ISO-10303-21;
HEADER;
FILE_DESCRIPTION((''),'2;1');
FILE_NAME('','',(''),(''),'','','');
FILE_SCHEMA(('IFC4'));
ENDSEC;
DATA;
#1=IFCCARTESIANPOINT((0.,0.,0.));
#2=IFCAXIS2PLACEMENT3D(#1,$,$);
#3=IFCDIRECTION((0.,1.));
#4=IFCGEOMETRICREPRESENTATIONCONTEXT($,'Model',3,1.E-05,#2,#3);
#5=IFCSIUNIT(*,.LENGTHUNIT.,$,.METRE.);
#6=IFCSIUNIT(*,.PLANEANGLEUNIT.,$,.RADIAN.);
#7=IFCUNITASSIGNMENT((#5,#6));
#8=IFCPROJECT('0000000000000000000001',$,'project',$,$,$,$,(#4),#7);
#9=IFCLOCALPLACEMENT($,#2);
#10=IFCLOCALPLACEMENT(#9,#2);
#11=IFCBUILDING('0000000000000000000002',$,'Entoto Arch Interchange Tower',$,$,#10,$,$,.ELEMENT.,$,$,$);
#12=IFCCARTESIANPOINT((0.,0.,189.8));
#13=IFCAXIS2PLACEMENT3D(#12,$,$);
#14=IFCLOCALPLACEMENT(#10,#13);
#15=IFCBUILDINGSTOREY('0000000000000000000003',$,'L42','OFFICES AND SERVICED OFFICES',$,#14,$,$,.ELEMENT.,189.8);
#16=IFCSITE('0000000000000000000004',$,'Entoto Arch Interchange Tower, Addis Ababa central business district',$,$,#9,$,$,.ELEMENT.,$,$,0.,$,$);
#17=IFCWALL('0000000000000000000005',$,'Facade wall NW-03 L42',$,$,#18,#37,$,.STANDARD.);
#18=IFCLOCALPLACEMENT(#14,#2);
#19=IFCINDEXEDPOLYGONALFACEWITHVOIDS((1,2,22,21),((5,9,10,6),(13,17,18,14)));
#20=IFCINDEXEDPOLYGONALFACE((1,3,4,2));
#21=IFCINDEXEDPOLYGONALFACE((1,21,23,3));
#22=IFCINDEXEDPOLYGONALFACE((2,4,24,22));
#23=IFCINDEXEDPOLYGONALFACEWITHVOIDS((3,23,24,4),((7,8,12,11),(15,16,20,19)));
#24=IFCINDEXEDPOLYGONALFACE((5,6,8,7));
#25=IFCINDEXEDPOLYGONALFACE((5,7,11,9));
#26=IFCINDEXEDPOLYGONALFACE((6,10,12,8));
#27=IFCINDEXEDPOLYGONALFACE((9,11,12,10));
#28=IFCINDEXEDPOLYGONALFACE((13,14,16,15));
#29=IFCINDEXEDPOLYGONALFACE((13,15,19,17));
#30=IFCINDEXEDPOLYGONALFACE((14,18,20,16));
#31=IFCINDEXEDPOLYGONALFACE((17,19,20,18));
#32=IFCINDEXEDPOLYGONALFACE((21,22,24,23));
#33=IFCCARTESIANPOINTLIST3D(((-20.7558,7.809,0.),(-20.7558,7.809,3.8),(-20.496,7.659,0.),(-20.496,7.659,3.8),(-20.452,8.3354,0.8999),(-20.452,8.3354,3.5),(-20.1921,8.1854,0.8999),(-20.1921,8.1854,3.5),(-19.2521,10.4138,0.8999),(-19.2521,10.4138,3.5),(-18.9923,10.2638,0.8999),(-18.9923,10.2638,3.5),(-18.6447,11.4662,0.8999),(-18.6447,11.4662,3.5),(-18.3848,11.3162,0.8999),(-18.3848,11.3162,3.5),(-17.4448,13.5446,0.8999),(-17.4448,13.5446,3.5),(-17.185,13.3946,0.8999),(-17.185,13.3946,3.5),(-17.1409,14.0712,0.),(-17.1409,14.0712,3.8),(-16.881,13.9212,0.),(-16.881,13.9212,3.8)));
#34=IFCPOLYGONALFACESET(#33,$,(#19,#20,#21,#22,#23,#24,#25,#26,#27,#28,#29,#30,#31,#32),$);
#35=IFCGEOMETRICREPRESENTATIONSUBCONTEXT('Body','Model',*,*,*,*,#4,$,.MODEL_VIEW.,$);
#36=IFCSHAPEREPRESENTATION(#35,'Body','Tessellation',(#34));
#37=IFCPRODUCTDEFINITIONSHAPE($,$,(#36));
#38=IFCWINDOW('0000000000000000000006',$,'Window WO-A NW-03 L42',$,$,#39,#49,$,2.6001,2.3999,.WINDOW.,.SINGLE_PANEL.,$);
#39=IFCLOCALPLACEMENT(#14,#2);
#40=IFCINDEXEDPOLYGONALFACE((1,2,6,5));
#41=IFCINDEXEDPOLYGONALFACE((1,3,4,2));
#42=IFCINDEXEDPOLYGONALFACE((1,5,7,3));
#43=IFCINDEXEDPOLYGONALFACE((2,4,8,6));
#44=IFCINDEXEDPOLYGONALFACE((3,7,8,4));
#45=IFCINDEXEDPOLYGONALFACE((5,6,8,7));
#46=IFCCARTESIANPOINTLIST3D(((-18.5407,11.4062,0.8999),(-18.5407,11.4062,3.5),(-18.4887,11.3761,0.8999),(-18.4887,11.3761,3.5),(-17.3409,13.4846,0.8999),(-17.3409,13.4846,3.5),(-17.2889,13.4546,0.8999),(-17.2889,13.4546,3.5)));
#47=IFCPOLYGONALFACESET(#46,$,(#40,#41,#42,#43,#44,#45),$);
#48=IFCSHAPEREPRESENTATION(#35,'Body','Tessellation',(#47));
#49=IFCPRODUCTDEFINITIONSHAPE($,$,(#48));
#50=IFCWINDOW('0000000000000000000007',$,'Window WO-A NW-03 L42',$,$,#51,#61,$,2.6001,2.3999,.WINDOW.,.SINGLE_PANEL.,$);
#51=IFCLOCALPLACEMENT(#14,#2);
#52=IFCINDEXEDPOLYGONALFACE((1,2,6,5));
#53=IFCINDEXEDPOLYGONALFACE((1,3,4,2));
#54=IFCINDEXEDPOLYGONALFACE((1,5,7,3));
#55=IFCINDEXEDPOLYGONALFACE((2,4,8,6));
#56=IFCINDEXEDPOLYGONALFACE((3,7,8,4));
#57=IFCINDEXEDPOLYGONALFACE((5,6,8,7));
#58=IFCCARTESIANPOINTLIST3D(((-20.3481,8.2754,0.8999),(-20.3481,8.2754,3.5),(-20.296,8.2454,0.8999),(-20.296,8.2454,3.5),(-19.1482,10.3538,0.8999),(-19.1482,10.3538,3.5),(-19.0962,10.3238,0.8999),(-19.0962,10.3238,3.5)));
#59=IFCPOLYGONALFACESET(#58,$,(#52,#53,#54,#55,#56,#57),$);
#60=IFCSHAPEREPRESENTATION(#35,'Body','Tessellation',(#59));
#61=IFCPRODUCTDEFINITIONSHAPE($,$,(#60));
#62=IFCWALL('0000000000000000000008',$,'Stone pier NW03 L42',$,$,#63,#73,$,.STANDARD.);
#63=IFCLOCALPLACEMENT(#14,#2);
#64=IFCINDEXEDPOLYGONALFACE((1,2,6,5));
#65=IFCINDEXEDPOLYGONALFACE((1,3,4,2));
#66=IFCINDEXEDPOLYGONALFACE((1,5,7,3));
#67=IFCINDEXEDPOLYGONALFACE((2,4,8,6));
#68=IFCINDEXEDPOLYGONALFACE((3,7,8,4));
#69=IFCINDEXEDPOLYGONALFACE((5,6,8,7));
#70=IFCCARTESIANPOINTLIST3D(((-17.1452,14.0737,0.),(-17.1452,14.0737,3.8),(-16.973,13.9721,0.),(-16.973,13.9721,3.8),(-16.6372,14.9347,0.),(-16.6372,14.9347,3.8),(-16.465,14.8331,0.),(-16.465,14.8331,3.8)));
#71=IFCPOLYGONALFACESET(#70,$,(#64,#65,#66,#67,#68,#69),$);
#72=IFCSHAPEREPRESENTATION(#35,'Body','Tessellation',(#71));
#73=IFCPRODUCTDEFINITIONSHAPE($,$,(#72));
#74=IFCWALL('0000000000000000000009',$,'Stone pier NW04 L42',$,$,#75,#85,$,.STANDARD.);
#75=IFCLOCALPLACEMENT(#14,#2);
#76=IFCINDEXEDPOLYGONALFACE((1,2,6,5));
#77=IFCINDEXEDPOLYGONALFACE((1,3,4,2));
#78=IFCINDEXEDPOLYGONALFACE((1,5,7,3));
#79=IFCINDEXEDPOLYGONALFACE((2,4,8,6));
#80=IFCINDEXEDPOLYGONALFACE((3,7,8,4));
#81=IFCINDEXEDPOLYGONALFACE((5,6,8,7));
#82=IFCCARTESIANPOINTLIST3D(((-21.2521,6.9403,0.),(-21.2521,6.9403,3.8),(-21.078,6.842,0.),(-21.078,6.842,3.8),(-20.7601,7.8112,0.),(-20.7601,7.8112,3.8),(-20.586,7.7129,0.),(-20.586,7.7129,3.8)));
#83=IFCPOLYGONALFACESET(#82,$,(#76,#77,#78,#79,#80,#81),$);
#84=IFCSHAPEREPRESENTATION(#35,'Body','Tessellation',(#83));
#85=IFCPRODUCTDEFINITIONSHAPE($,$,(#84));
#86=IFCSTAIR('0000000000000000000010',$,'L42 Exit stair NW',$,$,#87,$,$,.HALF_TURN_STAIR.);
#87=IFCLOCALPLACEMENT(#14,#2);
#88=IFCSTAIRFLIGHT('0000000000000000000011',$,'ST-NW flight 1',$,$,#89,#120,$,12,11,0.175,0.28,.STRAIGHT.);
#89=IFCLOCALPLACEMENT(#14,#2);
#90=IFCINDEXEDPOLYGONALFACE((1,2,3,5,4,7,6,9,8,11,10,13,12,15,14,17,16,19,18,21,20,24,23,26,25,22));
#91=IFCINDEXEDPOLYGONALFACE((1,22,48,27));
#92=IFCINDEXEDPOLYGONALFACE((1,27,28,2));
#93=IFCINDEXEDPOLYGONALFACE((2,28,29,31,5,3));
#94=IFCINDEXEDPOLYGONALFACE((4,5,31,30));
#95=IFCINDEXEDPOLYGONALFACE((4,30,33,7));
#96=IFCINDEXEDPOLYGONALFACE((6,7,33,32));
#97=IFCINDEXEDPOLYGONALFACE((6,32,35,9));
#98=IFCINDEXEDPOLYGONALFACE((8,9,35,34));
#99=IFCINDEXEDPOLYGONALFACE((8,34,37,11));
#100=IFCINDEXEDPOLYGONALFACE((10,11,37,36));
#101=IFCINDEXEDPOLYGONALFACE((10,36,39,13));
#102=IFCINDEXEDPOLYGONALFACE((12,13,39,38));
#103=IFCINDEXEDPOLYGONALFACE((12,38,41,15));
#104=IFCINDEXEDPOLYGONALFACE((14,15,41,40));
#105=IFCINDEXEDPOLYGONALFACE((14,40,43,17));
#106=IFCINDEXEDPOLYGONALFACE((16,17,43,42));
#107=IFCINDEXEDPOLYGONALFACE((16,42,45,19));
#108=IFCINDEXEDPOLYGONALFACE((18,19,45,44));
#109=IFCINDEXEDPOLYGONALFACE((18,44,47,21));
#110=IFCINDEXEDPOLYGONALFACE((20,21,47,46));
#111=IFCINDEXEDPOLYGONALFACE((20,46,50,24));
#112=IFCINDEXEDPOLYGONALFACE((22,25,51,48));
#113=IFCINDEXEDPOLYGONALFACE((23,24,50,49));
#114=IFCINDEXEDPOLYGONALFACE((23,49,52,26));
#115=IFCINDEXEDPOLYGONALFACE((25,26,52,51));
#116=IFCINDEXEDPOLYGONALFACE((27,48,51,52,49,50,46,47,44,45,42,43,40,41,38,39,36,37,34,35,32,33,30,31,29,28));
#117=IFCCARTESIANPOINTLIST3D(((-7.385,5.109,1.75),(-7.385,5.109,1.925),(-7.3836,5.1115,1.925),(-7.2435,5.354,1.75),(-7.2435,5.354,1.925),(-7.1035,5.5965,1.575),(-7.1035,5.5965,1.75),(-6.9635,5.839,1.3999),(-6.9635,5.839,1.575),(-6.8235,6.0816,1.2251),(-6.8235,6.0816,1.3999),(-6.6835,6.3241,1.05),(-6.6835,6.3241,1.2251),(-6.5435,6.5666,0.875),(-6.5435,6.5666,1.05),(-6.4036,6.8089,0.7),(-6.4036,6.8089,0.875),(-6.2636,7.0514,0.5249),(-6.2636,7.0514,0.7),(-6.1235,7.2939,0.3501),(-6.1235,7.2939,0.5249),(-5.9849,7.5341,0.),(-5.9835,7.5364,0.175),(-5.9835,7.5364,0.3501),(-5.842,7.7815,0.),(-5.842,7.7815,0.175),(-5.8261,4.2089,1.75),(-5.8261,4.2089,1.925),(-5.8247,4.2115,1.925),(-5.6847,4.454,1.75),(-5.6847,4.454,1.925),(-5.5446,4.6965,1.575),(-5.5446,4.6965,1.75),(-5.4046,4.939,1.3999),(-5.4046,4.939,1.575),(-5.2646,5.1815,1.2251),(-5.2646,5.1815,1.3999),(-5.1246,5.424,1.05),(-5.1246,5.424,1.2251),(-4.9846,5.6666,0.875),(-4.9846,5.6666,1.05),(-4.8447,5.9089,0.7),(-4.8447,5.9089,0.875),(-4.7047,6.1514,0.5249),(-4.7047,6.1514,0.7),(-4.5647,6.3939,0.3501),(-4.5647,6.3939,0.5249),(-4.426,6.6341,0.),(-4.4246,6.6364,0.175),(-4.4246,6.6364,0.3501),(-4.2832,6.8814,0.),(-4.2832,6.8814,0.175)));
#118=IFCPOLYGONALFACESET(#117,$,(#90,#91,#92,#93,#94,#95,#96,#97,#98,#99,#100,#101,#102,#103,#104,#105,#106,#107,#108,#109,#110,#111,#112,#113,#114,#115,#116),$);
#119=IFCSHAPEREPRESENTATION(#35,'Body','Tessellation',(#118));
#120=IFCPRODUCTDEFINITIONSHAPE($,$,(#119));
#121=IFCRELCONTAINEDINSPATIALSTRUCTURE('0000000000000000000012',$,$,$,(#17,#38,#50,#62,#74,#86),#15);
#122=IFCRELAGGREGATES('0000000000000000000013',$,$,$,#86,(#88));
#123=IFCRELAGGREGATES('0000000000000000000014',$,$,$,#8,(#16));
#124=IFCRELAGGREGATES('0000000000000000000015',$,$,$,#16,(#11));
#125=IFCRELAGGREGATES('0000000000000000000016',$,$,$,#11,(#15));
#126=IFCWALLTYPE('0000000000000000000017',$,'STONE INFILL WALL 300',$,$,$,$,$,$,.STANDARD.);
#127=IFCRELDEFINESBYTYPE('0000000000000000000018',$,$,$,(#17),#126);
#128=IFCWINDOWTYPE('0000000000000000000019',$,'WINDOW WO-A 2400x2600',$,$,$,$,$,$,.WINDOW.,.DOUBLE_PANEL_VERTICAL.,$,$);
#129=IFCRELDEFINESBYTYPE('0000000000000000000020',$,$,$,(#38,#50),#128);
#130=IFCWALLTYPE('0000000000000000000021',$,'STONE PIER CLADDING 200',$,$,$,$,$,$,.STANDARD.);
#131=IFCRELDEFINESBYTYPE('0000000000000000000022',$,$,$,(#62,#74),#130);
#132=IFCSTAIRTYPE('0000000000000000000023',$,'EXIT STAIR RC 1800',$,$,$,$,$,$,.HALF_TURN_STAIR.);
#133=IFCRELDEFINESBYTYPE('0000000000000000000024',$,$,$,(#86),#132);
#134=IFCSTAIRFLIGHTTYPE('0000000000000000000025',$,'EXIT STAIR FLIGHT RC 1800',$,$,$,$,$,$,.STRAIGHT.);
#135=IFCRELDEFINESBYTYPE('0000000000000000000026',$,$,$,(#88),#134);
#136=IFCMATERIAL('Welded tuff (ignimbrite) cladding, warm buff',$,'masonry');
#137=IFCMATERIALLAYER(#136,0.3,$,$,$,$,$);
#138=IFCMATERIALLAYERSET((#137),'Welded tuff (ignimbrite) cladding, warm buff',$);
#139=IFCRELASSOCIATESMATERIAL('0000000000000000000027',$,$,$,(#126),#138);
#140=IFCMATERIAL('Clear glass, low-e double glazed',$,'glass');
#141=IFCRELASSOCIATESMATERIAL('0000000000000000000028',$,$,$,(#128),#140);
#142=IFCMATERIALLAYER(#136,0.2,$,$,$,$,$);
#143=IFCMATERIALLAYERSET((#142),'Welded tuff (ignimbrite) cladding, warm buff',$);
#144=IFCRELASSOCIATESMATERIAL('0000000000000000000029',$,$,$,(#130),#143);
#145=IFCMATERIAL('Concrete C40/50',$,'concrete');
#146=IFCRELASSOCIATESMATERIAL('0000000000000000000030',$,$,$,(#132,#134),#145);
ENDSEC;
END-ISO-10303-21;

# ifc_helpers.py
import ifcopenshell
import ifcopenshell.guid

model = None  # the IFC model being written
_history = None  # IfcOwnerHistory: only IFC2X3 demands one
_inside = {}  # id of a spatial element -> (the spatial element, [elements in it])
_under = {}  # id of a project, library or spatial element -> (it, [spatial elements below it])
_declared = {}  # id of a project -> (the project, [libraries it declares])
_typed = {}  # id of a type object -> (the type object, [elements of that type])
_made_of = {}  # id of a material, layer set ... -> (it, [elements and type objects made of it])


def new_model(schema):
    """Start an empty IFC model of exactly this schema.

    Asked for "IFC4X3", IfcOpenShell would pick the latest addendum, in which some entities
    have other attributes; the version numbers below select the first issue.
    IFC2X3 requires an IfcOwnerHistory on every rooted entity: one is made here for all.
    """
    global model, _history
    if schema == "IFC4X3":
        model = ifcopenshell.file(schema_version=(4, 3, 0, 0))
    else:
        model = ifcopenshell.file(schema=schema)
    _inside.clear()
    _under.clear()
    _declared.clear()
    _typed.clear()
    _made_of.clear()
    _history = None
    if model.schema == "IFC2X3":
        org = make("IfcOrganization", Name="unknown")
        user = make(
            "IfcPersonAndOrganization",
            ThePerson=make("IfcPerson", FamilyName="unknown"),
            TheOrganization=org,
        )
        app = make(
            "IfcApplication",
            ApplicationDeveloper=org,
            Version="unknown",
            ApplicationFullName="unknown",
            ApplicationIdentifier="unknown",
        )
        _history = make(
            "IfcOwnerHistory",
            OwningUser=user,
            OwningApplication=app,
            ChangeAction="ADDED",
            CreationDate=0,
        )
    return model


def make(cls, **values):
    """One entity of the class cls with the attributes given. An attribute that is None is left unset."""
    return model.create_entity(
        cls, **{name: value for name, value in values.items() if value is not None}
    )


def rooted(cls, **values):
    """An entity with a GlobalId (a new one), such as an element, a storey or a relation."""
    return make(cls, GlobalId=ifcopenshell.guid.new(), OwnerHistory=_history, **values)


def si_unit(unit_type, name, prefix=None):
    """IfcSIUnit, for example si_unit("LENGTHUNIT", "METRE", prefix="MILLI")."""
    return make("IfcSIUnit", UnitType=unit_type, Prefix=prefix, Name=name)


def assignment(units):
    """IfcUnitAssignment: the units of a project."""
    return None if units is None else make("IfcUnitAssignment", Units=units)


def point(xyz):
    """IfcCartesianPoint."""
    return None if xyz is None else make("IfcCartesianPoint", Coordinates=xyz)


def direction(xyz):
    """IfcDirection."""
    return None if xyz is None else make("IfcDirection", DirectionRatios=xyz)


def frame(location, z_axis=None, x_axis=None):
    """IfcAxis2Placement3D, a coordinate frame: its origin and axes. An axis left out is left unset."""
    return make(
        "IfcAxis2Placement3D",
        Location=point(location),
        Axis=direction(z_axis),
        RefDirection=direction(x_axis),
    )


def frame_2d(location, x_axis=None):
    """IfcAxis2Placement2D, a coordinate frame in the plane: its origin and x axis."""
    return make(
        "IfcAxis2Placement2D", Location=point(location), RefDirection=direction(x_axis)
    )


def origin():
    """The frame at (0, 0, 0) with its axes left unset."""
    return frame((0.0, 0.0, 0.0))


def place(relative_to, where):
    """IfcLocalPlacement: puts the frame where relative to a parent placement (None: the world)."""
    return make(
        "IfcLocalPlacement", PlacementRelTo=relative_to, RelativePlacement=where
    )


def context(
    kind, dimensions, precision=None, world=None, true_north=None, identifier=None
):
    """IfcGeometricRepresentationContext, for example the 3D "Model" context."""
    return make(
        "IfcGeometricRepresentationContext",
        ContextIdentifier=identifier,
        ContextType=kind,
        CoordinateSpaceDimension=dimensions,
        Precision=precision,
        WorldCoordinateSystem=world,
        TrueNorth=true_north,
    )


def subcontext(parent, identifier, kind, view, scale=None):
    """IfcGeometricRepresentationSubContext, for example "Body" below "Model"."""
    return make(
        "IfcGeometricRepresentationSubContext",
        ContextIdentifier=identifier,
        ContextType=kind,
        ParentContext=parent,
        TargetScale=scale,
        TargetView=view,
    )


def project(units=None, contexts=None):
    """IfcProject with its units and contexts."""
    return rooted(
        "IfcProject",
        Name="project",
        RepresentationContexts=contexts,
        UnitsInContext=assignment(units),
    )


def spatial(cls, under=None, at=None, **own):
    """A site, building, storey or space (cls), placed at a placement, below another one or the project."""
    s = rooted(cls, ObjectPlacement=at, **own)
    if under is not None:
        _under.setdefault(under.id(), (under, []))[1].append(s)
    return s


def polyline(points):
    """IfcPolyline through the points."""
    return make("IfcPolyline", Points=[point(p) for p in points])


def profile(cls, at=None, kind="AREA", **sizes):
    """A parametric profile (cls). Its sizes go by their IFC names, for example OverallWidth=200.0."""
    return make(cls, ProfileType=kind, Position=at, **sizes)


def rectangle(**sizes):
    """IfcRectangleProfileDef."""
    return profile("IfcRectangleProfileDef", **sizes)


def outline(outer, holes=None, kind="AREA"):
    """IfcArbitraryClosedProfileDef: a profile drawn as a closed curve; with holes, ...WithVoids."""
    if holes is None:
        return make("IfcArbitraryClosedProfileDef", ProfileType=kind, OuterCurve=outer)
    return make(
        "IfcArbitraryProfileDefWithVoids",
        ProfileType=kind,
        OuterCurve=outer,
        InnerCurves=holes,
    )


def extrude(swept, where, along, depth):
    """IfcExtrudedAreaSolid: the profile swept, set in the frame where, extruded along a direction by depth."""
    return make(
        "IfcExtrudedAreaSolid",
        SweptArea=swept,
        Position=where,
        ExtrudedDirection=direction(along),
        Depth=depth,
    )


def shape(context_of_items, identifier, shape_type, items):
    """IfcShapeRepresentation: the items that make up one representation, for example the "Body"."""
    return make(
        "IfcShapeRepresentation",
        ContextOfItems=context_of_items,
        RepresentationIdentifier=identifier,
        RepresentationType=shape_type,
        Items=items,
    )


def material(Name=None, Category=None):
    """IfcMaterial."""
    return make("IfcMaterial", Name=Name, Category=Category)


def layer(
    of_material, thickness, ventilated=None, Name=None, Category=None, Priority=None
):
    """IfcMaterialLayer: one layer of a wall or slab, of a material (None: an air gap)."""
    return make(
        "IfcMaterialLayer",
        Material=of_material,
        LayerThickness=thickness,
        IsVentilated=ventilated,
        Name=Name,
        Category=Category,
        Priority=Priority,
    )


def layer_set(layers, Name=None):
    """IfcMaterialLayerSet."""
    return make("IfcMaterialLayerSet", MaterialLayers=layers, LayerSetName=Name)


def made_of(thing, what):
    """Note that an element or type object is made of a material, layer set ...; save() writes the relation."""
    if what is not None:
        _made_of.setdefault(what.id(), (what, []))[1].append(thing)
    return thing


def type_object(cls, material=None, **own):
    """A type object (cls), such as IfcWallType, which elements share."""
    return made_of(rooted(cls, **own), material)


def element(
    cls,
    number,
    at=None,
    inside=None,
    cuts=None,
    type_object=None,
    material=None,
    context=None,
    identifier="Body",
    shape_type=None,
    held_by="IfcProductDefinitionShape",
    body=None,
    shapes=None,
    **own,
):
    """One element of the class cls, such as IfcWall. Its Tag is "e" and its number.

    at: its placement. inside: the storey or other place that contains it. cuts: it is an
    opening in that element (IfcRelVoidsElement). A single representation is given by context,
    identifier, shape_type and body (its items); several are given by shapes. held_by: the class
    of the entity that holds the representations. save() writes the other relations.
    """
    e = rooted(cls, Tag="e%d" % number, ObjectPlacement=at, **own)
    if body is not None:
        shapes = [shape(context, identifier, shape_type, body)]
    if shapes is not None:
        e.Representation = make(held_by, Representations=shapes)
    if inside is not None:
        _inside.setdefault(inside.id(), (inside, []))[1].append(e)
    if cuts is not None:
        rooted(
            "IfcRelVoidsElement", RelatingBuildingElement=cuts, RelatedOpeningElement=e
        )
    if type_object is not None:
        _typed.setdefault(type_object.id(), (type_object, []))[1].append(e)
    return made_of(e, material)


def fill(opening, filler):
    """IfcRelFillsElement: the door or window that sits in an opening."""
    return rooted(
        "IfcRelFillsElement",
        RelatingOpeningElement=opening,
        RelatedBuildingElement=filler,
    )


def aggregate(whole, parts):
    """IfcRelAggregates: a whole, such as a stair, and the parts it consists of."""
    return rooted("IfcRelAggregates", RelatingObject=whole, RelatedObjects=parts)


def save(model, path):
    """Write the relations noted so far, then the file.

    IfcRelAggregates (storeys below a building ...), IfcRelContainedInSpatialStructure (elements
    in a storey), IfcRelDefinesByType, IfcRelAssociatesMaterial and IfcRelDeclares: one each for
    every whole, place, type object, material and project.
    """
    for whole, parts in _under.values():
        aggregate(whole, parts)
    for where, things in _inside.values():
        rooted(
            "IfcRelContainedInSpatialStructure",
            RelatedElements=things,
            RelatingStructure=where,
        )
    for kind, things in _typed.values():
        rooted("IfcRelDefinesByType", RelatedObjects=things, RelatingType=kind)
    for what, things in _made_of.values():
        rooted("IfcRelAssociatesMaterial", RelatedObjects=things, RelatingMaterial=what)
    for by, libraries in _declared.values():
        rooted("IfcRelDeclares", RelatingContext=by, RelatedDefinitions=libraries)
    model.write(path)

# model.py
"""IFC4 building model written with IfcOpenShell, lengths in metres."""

from ifc_helpers import new_model, si_unit, direction, frame, frame_2d, origin, place, context, subcontext, project, spatial, polyline, rectangle, outline, extrude, material, layer, layer_set, type_object, element, fill, aggregate, save


model = new_model("IFC4")

# Units and contexts
model_context = context("Model", 3, precision=1e-05, world=origin(), true_north=direction((0.0, 1.0)))
body_context = subcontext(model_context, "Body", "Model", "MODEL_VIEW")
ifc_project = project(units=[si_unit("LENGTHUNIT", "METRE"), si_unit("PLANEANGLEUNIT", "RADIAN")], contexts=[model_context])

# Site, building, storey
site_placement = place(None, origin())
site = spatial("IfcSite", under=ifc_project, at=site_placement, Name="Entoto Arch Interchange Tower, Addis Ababa central business district", CompositionType="ELEMENT", RefElevation=0.0)
building_placement = place(site_placement, origin())
building = spatial("IfcBuilding", under=site, at=building_placement, Name="Entoto Arch Interchange Tower", CompositionType="ELEMENT")
storey_placement = place(building_placement, frame((0.0, 0.0, 189.8)))
storey = spatial("IfcBuildingStorey", under=building, at=storey_placement, Name="L42", Description="OFFICES AND SERVICED OFFICES", CompositionType="ELEMENT", Elevation=189.8)

# Shared definitions
ifc_material_1 = material(Name="Concrete C40/50", Category="concrete")

# Wall, openings, windows
ifc_material_2 = material(Name="Welded tuff (ignimbrite) cladding, warm buff", Category="masonry")
ifc_layer_1 = layer(ifc_material_2, 0.3)
ifc_layer_set_1 = layer_set([ifc_layer_1], Name="Welded tuff (ignimbrite) cladding, warm buff")
wall_type_1 = type_object("IfcWallType", Name="STONE INFILL WALL 300", PredefinedType="STANDARD", material=ifc_layer_set_1)
wall_1_placement = place(storey_placement, frame((-17.011, 13.9961, 0.0), z_axis=(0.0, 0.0, 1.0), x_axis=(-0.499948, -0.866055, 0.0)))
wall_1 = element("IfcWall", 1, at=wall_1_placement, inside=storey, type_object=wall_type_1, Name="Facade wall NW-03 L42", PredefinedType="STANDARD", context=body_context, shape_type="SweptSolid", body=[
    extrude(rectangle(XDim=7.2307, YDim=0.3, at=frame_2d((3.6152, 0.0))), origin(), (0.0, 0.0, 1.0), 3.8),
])
opening_1_placement = place(wall_1_placement, frame((0.6079, 0.0, 0.8999)))
opening_1 = element("IfcOpeningElement", 2, at=opening_1_placement, cuts=wall_1, PredefinedType="OPENING", context=body_context, shape_type="SweptSolid", body=[
    extrude(rectangle(XDim=2.3999, YDim=2.6001, at=frame_2d((1.2, 1.3))), frame((0.0, 0.1602, 0.0), z_axis=(0.0, -1.0, 0.0), x_axis=(1.0, 0.0, 0.0)), (0.0, 0.0, 1.0), 0.3201),
])
opening_2_placement = place(wall_1_placement, frame((4.2229, 0.0, 0.8999)))
opening_2 = element("IfcOpeningElement", 3, at=opening_2_placement, cuts=wall_1, PredefinedType="OPENING", context=body_context, shape_type="SweptSolid", body=[
    extrude(rectangle(XDim=2.3999, YDim=2.6001, at=frame_2d((1.2, 1.3))), frame((0.0, 0.1602, 0.0), z_axis=(0.0, -1.0, 0.0), x_axis=(1.0, 0.0, 0.0)), (0.0, 0.0, 1.0), 0.3201),
])
ifc_material_3 = material(Name="Clear glass, low-e double glazed", Category="glass")
window_type = type_object("IfcWindowType", Name="WINDOW WO-A 2400x2600", PartitioningType="DOUBLE_PANEL_VERTICAL", PredefinedType="WINDOW", material=ifc_material_3)
window_1_placement = place(opening_1_placement, origin())
window_1 = element("IfcWindow", 4, at=window_1_placement, inside=storey, type_object=window_type, Name="Window WO-A NW-03 L42", OverallHeight=2.6001, OverallWidth=2.3999, PartitioningType="SINGLE_PANEL", PredefinedType="WINDOW", context=body_context, shape_type="SweptSolid", body=[
    extrude(rectangle(XDim=2.3999, YDim=2.6001, at=frame_2d((1.2, 1.3))), frame((0.0, 0.03, 0.0), z_axis=(0.0, -1.0, 0.0), x_axis=(1.0, 0.0, 0.0)), (0.0, 0.0, 1.0), 0.0601),
])
fill(opening_1, window_1)
window_2_placement = place(opening_2_placement, origin())
window_2 = element("IfcWindow", 5, at=window_2_placement, inside=storey, type_object=window_type, Name="Window WO-A NW-03 L42", OverallHeight=2.6001, OverallWidth=2.3999, PartitioningType="SINGLE_PANEL", PredefinedType="WINDOW", context=body_context, shape_type="SweptSolid", body=[
    extrude(rectangle(XDim=2.3999, YDim=2.6001, at=frame_2d((1.2, 1.3))), frame((0.0, 0.03, 0.0), z_axis=(0.0, -1.0, 0.0), x_axis=(1.0, 0.0, 0.0)), (0.0, 0.0, 1.0), 0.0601),
])
fill(opening_2, window_2)

# Walls
ifc_layer_2 = layer(ifc_material_2, 0.2)
ifc_layer_set_2 = layer_set([ifc_layer_2], Name="Welded tuff (ignimbrite) cladding, warm buff")
wall_type_2 = type_object("IfcWallType", Name="STONE PIER CLADDING 200", PredefinedType="STANDARD", material=ifc_layer_set_2)
wall_2_placement = place(storey_placement, frame((-16.551, 14.884, 0.0), z_axis=(0.0, 0.0, 1.0), x_axis=(-0.508162, -0.861262, 0.0)))
element("IfcWall", 6, at=wall_2_placement, inside=storey, type_object=wall_type_2, Name="Stone pier NW03 L42", PredefinedType="STANDARD", context=body_context, shape_type="SweptSolid", body=[
    extrude(rectangle(XDim=0.9998, YDim=0.2, at=frame_2d((0.5, 0.0))), origin(), (0.0, 0.0, 1.0), 3.8),
])
wall_3_placement = place(storey_placement, frame((-20.6731, 7.762, 0.0), z_axis=(0.0, 0.0, 1.0), x_axis=(-0.491848, -0.870681, 0.0)))
element("IfcWall", 7, at=wall_3_placement, inside=storey, type_object=wall_type_2, Name="Stone pier NW04 L42", PredefinedType="STANDARD", context=body_context, shape_type="SweptSolid", body=[
    extrude(rectangle(XDim=1.0002, YDim=0.2, at=frame_2d((0.5, 0.0))), origin(), (0.0, 0.0, 1.0), 3.8),
])

# Stair, stair flight
stair_type = type_object("IfcStairType", Name="EXIT STAIR RC 1800", PredefinedType="HALF_TURN_STAIR", material=ifc_material_1)
stair_placement = place(storey_placement, origin())
stair = element("IfcStair", 8, at=stair_placement, inside=storey, type_object=stair_type, Name="L42 Exit stair NW", PredefinedType="HALF_TURN_STAIR")
stair_flight_type = type_object("IfcStairFlightType", Name="EXIT STAIR FLIGHT RC 1800", PredefinedType="STRAIGHT", material=ifc_material_1)
stair_flight_placement = place(storey_placement, frame((-5.064, 7.3289, 0.0), z_axis=(0.0, 0.0, 1.0), x_axis=(-0.5, -0.866025, 0.0)))
stair_flight = element("IfcStairFlight", 9, at=stair_flight_placement, type_object=stair_flight_type, Name="ST-NW flight 1", NumberOfRisers=12, NumberOfTreads=11, PredefinedType="STRAIGHT", RiserHeight=0.175, TreadLength=0.28, context=body_context, shape_type="SweptSolid", body=[
    extrude(outline(polyline([(-0.0029, 0.0), (-0.0029, 0.175), (0.28, 0.175), (0.28, 0.3501), (0.5601, 0.3501), (0.5601, 0.5249), (0.8401, 0.5249), (0.8401, 0.7), (1.1201, 0.7), (1.1201, 0.875), (1.3999, 0.875), (1.3999, 1.05), (1.6799, 1.05), (1.6799, 1.2251), (1.96, 1.2251), (1.96, 1.3999), (2.24, 1.3999), (2.24, 1.575), (2.52, 1.575), (2.52, 1.75), (2.8, 1.75), (2.8, 1.925), (3.0801, 1.925), (3.083, 1.925), (3.083, 1.75), (0.2827, 0.0), (-0.0029, 0.0)])), frame((0.0, 0.8999, 0.0), z_axis=(0.0, -1.0, 0.0), x_axis=(1.0, 0.0, 0.0)), (0.0, 0.0, 1.0), 1.8),
])
aggregate(stair, [stair_flight])

save(model, "model.ifc")
